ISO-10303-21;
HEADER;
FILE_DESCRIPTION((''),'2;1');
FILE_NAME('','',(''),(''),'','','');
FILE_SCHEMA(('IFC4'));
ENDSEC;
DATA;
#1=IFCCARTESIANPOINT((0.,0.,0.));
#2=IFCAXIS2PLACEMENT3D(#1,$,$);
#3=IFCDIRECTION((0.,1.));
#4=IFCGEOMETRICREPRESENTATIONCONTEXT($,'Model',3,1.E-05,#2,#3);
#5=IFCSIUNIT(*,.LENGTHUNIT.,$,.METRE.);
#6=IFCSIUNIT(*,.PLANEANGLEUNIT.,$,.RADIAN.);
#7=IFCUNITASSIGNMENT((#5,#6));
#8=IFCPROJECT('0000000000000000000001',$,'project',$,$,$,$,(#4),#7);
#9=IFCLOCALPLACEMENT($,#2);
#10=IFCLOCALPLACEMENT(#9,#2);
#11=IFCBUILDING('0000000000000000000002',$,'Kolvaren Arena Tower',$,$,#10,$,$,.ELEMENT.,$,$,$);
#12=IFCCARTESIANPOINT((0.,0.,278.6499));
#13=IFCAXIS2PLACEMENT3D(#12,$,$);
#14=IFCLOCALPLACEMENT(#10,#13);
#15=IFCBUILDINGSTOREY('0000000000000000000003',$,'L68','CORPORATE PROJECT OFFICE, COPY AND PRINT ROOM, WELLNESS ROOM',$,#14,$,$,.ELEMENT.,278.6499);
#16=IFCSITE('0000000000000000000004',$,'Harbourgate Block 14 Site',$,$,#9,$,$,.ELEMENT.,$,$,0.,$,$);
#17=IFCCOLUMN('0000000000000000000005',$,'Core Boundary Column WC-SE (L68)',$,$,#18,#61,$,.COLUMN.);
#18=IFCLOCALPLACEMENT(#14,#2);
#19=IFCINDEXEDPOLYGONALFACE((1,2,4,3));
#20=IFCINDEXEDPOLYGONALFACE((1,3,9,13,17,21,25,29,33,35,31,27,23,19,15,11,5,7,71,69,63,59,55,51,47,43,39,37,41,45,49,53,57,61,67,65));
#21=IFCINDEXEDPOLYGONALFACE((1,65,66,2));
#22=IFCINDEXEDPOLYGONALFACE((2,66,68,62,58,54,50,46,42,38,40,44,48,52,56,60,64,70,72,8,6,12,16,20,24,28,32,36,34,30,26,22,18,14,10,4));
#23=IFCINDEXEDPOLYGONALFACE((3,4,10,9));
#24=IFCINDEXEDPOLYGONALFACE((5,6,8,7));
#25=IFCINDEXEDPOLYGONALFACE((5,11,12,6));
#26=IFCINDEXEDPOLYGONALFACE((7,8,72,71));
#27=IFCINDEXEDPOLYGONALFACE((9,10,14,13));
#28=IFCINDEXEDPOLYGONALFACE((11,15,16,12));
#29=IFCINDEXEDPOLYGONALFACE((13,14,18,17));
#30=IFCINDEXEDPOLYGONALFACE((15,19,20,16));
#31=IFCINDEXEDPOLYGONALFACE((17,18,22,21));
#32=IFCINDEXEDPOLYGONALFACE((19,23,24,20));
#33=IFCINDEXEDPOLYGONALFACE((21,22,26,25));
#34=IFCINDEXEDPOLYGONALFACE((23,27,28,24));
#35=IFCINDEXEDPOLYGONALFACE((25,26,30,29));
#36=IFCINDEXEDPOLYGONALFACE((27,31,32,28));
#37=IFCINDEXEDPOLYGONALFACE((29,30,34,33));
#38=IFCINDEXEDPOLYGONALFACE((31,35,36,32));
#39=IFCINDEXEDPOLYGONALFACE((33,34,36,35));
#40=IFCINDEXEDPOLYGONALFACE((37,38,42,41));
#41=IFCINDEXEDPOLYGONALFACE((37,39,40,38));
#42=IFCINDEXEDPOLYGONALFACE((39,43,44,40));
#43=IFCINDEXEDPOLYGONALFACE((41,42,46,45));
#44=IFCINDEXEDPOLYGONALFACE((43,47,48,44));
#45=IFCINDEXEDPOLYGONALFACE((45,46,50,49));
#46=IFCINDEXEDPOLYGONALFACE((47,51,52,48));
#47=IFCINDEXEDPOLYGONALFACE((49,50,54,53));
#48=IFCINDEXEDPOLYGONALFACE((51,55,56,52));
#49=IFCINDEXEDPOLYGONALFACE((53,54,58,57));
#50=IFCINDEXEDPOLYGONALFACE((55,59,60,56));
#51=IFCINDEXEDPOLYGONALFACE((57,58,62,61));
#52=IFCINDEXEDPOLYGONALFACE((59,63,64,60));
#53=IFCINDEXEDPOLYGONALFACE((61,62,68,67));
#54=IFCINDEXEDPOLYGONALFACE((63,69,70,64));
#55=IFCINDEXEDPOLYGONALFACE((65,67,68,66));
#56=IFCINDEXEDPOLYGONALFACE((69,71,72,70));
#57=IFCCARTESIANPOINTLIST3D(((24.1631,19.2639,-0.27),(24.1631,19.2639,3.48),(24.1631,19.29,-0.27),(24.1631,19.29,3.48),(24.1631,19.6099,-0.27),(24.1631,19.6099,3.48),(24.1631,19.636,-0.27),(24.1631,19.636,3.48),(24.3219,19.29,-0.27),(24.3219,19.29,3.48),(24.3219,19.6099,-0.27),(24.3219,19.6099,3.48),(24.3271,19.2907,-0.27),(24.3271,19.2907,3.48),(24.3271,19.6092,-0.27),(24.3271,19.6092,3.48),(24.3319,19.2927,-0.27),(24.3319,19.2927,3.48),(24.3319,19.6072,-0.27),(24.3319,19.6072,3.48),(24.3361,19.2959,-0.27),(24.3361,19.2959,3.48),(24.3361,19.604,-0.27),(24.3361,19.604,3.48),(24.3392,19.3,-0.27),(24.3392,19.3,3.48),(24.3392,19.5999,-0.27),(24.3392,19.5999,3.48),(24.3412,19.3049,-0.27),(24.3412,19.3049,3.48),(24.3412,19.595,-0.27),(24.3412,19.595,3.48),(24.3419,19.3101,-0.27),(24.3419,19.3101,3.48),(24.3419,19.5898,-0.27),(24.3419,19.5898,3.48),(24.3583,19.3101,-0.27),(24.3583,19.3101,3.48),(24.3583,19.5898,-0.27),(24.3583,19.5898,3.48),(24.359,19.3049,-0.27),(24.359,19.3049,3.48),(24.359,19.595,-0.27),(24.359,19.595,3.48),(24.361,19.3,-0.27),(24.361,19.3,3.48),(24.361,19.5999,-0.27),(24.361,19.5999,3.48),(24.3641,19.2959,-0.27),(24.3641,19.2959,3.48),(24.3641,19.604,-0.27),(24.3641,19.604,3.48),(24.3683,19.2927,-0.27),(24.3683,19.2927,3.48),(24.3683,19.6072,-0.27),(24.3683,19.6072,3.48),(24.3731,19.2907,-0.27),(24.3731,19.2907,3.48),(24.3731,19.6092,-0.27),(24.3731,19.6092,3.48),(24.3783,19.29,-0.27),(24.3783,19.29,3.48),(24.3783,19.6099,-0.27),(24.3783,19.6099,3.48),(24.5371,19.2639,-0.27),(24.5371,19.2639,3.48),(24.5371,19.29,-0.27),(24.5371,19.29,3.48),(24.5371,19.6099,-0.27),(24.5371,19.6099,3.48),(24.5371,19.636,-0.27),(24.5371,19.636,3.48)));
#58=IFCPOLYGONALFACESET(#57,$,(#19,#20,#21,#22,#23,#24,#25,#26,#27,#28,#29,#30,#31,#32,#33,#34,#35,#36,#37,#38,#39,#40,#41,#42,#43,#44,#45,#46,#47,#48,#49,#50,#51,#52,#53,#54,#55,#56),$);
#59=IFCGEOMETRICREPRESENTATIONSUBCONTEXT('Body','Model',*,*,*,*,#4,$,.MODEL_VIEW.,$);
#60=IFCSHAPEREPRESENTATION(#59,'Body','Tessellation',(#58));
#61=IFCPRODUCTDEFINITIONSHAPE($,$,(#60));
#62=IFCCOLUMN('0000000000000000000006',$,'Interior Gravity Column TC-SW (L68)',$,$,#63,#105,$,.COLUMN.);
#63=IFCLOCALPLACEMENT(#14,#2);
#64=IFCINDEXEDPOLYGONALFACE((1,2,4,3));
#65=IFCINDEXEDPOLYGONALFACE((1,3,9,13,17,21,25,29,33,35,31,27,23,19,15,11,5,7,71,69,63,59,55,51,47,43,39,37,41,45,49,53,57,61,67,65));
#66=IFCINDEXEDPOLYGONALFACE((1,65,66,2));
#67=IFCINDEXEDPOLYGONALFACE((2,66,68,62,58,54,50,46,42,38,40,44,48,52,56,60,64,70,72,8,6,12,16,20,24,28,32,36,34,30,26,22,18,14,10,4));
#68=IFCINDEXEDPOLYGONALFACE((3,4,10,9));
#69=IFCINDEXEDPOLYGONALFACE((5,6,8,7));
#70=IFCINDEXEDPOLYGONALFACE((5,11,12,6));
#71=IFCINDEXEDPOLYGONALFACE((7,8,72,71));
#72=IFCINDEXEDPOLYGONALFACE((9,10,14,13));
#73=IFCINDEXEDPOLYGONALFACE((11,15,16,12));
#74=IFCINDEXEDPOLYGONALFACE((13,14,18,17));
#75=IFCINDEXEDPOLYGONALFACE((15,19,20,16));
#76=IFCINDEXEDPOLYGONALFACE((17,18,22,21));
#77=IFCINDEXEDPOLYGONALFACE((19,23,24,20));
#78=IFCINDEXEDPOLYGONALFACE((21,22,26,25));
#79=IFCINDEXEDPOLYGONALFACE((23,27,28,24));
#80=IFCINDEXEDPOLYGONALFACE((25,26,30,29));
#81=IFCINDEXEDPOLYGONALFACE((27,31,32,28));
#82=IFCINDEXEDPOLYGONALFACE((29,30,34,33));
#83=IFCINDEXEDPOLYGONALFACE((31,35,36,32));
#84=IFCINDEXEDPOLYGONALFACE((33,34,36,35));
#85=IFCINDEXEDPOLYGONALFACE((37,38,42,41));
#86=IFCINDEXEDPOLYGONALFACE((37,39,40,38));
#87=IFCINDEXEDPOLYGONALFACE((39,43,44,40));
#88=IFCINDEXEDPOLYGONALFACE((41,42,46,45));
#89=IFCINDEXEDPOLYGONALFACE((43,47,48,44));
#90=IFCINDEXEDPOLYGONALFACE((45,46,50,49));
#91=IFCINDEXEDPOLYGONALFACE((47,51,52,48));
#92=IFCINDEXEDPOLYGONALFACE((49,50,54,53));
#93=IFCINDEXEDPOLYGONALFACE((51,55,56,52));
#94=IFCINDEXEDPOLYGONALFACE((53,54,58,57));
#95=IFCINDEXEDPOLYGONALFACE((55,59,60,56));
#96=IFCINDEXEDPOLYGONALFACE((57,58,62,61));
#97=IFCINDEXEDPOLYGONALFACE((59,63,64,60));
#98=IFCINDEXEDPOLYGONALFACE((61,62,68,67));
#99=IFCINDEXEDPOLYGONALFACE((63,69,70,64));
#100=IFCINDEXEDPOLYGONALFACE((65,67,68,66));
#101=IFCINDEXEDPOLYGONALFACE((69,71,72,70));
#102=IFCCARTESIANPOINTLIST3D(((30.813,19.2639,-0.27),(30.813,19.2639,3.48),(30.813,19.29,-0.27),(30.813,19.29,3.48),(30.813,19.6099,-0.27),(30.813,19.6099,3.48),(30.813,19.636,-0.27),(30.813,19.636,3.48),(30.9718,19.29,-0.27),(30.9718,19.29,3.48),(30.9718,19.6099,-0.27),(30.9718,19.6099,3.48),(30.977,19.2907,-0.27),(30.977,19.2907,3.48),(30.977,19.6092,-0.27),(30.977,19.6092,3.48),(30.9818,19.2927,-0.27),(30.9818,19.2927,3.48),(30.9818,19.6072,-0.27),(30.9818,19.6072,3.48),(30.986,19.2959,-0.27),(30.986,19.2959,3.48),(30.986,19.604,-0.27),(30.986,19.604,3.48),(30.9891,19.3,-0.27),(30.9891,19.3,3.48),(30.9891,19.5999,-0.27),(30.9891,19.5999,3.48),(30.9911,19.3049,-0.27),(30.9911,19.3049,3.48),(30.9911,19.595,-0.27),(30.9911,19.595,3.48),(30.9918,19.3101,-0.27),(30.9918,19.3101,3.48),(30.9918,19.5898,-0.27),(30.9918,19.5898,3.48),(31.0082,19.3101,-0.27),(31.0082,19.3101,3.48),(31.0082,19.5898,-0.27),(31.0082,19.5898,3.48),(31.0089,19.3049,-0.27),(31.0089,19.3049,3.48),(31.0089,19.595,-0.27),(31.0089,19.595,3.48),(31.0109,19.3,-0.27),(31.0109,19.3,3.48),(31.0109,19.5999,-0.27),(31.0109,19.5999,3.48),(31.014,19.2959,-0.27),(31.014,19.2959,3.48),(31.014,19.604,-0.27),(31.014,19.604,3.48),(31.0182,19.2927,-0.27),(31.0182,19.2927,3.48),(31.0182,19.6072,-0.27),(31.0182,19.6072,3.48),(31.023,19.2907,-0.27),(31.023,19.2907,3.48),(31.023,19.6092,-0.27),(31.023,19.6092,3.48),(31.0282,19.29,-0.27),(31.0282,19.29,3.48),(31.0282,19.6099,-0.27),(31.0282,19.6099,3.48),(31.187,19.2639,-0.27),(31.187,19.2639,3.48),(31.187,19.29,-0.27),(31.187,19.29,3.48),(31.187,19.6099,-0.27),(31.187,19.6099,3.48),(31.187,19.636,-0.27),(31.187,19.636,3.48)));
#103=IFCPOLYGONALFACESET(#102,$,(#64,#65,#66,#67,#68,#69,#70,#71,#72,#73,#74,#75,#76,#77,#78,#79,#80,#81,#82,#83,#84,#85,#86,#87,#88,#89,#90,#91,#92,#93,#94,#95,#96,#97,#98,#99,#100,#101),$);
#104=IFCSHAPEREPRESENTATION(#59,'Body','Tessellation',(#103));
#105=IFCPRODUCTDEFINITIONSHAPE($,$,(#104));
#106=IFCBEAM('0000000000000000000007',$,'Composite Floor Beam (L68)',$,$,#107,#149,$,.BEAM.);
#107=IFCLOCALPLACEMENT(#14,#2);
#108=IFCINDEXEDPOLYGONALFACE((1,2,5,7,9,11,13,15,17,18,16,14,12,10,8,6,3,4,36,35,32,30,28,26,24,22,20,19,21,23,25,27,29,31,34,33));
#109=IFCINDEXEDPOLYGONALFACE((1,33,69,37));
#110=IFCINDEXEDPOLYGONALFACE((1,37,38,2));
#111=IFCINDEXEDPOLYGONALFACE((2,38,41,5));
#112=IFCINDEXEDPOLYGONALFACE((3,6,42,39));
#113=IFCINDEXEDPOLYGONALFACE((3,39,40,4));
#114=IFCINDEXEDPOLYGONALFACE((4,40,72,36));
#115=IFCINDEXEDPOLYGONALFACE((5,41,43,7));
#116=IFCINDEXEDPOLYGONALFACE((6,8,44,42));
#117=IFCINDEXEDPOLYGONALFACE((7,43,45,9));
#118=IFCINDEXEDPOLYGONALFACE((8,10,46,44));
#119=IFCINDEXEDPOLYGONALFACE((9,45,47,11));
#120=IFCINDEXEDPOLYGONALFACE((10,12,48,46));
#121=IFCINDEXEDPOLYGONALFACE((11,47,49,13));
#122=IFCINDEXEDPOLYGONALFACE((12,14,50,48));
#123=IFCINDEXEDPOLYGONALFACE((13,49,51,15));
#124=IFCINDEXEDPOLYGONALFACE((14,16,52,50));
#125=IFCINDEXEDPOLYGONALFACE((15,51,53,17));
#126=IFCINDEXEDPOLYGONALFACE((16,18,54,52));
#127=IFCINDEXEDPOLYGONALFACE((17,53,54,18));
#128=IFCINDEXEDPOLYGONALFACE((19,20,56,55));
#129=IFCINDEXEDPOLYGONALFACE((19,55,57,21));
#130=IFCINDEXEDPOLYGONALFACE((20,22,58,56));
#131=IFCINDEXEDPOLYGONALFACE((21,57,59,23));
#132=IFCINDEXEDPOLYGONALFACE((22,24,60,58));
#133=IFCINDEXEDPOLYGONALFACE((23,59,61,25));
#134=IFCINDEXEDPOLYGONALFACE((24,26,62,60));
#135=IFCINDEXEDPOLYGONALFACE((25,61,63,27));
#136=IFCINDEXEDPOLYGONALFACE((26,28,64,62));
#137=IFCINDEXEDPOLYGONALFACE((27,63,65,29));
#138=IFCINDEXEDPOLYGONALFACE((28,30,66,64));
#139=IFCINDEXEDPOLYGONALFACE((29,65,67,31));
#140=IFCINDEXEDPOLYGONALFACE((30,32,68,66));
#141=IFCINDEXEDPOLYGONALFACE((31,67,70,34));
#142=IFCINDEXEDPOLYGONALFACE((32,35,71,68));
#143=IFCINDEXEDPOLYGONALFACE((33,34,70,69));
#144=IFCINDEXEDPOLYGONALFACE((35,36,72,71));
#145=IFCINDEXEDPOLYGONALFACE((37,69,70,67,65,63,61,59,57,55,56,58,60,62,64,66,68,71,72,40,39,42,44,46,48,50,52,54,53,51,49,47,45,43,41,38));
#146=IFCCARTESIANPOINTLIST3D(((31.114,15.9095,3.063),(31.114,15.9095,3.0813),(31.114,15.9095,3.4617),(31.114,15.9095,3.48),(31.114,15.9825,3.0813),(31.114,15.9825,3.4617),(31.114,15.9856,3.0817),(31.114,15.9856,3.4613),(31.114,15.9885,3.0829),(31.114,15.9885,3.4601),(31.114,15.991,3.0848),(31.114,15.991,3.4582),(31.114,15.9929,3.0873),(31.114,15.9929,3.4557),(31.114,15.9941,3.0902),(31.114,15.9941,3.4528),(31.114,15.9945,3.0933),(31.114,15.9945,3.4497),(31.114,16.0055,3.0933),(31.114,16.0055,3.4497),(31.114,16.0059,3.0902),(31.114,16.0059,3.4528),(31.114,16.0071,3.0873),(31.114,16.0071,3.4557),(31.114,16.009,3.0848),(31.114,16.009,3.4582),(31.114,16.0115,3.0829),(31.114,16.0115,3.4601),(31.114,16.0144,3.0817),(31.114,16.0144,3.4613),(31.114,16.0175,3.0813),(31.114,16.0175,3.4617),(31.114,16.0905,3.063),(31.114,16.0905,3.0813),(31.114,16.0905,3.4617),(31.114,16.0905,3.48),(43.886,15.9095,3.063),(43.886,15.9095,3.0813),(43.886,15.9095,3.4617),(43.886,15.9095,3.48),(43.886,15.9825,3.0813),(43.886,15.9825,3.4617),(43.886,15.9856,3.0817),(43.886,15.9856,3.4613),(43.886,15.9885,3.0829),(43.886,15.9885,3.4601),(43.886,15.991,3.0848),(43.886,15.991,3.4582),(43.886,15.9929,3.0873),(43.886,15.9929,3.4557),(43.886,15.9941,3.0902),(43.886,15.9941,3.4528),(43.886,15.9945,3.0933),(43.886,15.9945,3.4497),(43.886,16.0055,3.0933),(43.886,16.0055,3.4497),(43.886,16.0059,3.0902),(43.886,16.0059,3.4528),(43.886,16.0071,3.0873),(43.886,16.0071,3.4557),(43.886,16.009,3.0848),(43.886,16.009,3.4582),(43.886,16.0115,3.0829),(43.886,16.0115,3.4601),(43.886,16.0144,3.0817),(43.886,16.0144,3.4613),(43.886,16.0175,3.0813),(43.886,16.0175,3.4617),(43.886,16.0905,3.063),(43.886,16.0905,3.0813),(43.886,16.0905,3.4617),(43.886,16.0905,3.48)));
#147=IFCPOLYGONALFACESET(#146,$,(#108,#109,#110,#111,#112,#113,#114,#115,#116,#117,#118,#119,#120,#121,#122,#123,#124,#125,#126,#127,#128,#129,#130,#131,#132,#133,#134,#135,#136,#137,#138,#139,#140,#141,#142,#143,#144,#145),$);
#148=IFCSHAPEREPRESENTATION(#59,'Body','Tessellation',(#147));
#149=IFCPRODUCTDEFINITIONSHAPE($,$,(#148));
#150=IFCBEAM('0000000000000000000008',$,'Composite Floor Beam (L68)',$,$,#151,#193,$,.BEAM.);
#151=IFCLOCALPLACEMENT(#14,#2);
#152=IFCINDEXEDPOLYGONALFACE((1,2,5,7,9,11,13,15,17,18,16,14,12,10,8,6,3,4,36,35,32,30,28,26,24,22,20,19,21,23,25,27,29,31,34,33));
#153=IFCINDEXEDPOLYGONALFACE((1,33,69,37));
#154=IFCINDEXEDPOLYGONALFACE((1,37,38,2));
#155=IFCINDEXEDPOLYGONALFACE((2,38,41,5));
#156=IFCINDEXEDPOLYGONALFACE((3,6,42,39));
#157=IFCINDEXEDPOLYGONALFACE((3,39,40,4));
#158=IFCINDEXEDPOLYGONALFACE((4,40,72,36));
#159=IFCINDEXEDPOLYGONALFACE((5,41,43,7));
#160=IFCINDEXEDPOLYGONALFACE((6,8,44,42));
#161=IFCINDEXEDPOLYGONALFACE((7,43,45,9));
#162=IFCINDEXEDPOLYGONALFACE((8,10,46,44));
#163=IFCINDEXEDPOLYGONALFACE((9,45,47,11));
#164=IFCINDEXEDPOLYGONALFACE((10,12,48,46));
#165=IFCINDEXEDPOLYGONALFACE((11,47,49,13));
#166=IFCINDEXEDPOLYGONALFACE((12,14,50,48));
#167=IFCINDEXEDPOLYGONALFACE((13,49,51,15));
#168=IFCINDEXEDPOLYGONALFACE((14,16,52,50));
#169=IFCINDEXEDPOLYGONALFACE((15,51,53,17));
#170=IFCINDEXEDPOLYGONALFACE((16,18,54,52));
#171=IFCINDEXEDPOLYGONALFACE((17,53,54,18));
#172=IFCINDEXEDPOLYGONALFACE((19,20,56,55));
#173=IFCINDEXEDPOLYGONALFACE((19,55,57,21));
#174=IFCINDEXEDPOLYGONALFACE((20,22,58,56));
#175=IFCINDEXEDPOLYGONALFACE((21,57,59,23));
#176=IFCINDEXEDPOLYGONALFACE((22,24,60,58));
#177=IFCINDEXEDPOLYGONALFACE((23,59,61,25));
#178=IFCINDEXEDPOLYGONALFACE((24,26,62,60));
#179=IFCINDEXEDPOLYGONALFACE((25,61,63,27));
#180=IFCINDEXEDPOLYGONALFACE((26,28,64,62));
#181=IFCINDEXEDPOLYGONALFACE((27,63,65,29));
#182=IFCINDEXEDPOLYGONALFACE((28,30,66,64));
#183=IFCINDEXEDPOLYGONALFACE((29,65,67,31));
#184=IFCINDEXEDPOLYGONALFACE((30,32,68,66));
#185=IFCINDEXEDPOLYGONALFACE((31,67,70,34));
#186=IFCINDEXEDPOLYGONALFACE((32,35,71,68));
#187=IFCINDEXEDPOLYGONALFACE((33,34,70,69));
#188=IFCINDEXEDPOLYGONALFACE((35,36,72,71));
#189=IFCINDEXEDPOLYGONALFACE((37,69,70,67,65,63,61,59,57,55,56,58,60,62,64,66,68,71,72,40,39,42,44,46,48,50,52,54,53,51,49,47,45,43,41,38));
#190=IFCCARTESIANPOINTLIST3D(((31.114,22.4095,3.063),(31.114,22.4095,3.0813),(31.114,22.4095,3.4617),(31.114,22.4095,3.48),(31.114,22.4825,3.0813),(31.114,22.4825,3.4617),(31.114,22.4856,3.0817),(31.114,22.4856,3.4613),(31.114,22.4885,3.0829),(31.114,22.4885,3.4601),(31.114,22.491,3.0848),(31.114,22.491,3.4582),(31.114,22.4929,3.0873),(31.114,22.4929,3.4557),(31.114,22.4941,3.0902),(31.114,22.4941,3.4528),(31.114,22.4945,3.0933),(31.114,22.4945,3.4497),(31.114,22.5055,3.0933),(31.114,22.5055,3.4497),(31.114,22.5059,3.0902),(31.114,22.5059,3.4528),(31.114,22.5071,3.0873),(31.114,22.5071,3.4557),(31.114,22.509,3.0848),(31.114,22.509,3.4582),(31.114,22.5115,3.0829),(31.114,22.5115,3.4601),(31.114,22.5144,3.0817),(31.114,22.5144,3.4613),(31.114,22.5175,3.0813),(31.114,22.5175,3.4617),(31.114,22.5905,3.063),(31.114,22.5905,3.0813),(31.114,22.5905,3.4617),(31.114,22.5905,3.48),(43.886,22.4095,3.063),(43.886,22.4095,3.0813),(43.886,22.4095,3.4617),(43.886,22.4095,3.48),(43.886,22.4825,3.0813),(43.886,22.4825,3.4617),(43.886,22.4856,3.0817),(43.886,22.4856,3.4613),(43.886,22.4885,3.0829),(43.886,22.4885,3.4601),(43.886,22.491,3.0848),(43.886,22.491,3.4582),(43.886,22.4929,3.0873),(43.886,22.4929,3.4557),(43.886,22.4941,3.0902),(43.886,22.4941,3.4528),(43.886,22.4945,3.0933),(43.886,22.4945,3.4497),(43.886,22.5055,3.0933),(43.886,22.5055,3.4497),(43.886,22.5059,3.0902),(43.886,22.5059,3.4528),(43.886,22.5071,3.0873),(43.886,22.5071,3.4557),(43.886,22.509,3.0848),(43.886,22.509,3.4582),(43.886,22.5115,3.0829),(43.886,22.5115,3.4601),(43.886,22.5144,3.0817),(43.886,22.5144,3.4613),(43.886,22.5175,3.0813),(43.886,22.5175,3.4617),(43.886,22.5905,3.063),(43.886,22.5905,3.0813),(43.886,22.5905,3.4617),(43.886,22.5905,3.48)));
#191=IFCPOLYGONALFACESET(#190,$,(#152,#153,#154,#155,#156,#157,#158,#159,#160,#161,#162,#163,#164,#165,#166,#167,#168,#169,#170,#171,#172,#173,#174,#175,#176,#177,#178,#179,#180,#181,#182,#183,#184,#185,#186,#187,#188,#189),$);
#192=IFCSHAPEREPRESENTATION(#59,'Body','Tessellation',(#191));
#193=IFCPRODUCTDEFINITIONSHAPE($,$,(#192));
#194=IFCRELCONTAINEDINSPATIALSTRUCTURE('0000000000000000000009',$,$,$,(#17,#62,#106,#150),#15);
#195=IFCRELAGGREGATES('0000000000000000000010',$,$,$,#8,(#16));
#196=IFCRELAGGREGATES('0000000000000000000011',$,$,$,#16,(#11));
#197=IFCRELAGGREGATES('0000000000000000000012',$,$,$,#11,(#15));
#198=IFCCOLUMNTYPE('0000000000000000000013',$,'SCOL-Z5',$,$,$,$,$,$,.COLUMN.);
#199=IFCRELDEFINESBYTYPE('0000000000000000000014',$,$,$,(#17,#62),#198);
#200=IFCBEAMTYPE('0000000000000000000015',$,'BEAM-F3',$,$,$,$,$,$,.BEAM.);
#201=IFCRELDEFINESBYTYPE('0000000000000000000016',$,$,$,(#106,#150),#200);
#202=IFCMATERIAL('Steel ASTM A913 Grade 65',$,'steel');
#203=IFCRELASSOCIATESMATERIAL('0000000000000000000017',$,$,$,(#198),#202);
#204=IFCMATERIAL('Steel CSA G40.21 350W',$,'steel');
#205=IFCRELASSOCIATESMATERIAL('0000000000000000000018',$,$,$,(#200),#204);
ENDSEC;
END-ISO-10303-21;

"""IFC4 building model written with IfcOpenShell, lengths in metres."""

from ifc_helpers import new_model, si_unit, direction, frame, origin, origin_2d, place, context, subcontext, project, spatial, i_section, extrude, material, material_profile, profile_set, type_object, element, save


model = new_model("IFC4")

# Units and contexts
model_context = context("Model", 3, precision=1e-05, world=origin(), true_north=direction((0.0, 1.0)))
body_context = subcontext(model_context, "Body", "Model", "MODEL_VIEW")
ifc_project = project(units=[si_unit("LENGTHUNIT", "METRE"), si_unit("PLANEANGLEUNIT", "RADIAN")], contexts=[model_context])

# Site, building, storey
site_placement = place(None, origin())
site = spatial("IfcSite", under=ifc_project, at=site_placement, Name="Harbourgate Block 14 Site", CompositionType="ELEMENT", RefElevation=0.0)
building_placement = place(site_placement, origin())
building = spatial("IfcBuilding", under=site, at=building_placement, Name="Kolvaren Arena Tower", CompositionType="ELEMENT")
storey_placement = place(building_placement, frame((0.0, 0.0, 278.6499)))
storey = spatial("IfcBuildingStorey", under=building, at=storey_placement, Name="L68", Description="CORPORATE PROJECT OFFICE, COPY AND PRINT ROOM, WELLNESS ROOM", CompositionType="ELEMENT", Elevation=278.6499)

# Columns
ifc_material_1 = material(Name="Steel ASTM A913 Grade 65", Category="steel")
ifc_material_profile_1 = material_profile(ifc_material_1, i_section(OverallWidth=0.374, OverallDepth=0.3721, WebThickness=0.0164, FlangeThickness=0.0261, FilletRadius=0.02, at=origin_2d()), Name="W360x196")
ifc_profile_set_1 = profile_set([ifc_material_profile_1], Name="Steel ASTM A913 Grade 65")
column_type = type_object("IfcColumnType", Name="SCOL-Z5", PredefinedType="COLUMN", material=ifc_profile_set_1)
for number, where, z_axis, x_axis, name in (
    (1, (24.3501, 19.45, -0.27), (0.0, 0.0, 1.0), (1.0, 0.0, 0.0), "Core Boundary Column WC-SE (L68)"),
    (2, (31.0, 19.45, -0.27), (0.0, 0.0, 1.0), (1.0, 0.0, 0.0), "Interior Gravity Column TC-SW (L68)"),
):
    element("IfcColumn", number, at=place(storey_placement, frame(where, z_axis=z_axis, x_axis=x_axis)), inside=storey, type_object=column_type, Name=name, PredefinedType="COLUMN", context=body_context, shape_type="SweptSolid", body=[
        extrude(i_section(OverallWidth=0.374, OverallDepth=0.3721, WebThickness=0.0164, FlangeThickness=0.0261, FilletRadius=0.02, at=origin_2d()), origin(), (0.0, 0.0, 1.0), 3.75),
    ])

# Beams
ifc_material_2 = material(Name="Steel CSA G40.21 350W", Category="steel")
ifc_material_profile_2 = material_profile(ifc_material_2, i_section(OverallWidth=0.1809, OverallDepth=0.417, WebThickness=0.011, FlangeThickness=0.0183, FilletRadius=0.012, at=origin_2d()), Name="W410x85")
ifc_profile_set_2 = profile_set([ifc_material_profile_2], Name="Steel CSA G40.21 350W")
beam_type_1 = type_object("IfcBeamType", Name="BEAM-F3", PredefinedType="BEAM", material=ifc_profile_set_2)
for number, where, z_axis, x_axis, name in (
    (3, (31.114, 16.0, 3.2715), (1.0, 0.0, 0.0), (0.0, 1.0, 0.0), "Composite Floor Beam (L68)"),
    (4, (31.114, 22.5, 3.2715), (1.0, 0.0, 0.0), (0.0, 1.0, 0.0), "Composite Floor Beam (L68)"),
):
    element("IfcBeam", number, at=place(storey_placement, frame(where, z_axis=z_axis, x_axis=x_axis)), inside=storey, type_object=beam_type_1, Name=name, PredefinedType="BEAM", context=body_context, shape_type="SweptSolid", body=[
        extrude(i_section(OverallWidth=0.1809, OverallDepth=0.417, WebThickness=0.011, FlangeThickness=0.0183, FilletRadius=0.012, at=origin_2d()), origin(), (0.0, 0.0, 1.0), 12.772),
    ])

save(model, "model.ifc")
